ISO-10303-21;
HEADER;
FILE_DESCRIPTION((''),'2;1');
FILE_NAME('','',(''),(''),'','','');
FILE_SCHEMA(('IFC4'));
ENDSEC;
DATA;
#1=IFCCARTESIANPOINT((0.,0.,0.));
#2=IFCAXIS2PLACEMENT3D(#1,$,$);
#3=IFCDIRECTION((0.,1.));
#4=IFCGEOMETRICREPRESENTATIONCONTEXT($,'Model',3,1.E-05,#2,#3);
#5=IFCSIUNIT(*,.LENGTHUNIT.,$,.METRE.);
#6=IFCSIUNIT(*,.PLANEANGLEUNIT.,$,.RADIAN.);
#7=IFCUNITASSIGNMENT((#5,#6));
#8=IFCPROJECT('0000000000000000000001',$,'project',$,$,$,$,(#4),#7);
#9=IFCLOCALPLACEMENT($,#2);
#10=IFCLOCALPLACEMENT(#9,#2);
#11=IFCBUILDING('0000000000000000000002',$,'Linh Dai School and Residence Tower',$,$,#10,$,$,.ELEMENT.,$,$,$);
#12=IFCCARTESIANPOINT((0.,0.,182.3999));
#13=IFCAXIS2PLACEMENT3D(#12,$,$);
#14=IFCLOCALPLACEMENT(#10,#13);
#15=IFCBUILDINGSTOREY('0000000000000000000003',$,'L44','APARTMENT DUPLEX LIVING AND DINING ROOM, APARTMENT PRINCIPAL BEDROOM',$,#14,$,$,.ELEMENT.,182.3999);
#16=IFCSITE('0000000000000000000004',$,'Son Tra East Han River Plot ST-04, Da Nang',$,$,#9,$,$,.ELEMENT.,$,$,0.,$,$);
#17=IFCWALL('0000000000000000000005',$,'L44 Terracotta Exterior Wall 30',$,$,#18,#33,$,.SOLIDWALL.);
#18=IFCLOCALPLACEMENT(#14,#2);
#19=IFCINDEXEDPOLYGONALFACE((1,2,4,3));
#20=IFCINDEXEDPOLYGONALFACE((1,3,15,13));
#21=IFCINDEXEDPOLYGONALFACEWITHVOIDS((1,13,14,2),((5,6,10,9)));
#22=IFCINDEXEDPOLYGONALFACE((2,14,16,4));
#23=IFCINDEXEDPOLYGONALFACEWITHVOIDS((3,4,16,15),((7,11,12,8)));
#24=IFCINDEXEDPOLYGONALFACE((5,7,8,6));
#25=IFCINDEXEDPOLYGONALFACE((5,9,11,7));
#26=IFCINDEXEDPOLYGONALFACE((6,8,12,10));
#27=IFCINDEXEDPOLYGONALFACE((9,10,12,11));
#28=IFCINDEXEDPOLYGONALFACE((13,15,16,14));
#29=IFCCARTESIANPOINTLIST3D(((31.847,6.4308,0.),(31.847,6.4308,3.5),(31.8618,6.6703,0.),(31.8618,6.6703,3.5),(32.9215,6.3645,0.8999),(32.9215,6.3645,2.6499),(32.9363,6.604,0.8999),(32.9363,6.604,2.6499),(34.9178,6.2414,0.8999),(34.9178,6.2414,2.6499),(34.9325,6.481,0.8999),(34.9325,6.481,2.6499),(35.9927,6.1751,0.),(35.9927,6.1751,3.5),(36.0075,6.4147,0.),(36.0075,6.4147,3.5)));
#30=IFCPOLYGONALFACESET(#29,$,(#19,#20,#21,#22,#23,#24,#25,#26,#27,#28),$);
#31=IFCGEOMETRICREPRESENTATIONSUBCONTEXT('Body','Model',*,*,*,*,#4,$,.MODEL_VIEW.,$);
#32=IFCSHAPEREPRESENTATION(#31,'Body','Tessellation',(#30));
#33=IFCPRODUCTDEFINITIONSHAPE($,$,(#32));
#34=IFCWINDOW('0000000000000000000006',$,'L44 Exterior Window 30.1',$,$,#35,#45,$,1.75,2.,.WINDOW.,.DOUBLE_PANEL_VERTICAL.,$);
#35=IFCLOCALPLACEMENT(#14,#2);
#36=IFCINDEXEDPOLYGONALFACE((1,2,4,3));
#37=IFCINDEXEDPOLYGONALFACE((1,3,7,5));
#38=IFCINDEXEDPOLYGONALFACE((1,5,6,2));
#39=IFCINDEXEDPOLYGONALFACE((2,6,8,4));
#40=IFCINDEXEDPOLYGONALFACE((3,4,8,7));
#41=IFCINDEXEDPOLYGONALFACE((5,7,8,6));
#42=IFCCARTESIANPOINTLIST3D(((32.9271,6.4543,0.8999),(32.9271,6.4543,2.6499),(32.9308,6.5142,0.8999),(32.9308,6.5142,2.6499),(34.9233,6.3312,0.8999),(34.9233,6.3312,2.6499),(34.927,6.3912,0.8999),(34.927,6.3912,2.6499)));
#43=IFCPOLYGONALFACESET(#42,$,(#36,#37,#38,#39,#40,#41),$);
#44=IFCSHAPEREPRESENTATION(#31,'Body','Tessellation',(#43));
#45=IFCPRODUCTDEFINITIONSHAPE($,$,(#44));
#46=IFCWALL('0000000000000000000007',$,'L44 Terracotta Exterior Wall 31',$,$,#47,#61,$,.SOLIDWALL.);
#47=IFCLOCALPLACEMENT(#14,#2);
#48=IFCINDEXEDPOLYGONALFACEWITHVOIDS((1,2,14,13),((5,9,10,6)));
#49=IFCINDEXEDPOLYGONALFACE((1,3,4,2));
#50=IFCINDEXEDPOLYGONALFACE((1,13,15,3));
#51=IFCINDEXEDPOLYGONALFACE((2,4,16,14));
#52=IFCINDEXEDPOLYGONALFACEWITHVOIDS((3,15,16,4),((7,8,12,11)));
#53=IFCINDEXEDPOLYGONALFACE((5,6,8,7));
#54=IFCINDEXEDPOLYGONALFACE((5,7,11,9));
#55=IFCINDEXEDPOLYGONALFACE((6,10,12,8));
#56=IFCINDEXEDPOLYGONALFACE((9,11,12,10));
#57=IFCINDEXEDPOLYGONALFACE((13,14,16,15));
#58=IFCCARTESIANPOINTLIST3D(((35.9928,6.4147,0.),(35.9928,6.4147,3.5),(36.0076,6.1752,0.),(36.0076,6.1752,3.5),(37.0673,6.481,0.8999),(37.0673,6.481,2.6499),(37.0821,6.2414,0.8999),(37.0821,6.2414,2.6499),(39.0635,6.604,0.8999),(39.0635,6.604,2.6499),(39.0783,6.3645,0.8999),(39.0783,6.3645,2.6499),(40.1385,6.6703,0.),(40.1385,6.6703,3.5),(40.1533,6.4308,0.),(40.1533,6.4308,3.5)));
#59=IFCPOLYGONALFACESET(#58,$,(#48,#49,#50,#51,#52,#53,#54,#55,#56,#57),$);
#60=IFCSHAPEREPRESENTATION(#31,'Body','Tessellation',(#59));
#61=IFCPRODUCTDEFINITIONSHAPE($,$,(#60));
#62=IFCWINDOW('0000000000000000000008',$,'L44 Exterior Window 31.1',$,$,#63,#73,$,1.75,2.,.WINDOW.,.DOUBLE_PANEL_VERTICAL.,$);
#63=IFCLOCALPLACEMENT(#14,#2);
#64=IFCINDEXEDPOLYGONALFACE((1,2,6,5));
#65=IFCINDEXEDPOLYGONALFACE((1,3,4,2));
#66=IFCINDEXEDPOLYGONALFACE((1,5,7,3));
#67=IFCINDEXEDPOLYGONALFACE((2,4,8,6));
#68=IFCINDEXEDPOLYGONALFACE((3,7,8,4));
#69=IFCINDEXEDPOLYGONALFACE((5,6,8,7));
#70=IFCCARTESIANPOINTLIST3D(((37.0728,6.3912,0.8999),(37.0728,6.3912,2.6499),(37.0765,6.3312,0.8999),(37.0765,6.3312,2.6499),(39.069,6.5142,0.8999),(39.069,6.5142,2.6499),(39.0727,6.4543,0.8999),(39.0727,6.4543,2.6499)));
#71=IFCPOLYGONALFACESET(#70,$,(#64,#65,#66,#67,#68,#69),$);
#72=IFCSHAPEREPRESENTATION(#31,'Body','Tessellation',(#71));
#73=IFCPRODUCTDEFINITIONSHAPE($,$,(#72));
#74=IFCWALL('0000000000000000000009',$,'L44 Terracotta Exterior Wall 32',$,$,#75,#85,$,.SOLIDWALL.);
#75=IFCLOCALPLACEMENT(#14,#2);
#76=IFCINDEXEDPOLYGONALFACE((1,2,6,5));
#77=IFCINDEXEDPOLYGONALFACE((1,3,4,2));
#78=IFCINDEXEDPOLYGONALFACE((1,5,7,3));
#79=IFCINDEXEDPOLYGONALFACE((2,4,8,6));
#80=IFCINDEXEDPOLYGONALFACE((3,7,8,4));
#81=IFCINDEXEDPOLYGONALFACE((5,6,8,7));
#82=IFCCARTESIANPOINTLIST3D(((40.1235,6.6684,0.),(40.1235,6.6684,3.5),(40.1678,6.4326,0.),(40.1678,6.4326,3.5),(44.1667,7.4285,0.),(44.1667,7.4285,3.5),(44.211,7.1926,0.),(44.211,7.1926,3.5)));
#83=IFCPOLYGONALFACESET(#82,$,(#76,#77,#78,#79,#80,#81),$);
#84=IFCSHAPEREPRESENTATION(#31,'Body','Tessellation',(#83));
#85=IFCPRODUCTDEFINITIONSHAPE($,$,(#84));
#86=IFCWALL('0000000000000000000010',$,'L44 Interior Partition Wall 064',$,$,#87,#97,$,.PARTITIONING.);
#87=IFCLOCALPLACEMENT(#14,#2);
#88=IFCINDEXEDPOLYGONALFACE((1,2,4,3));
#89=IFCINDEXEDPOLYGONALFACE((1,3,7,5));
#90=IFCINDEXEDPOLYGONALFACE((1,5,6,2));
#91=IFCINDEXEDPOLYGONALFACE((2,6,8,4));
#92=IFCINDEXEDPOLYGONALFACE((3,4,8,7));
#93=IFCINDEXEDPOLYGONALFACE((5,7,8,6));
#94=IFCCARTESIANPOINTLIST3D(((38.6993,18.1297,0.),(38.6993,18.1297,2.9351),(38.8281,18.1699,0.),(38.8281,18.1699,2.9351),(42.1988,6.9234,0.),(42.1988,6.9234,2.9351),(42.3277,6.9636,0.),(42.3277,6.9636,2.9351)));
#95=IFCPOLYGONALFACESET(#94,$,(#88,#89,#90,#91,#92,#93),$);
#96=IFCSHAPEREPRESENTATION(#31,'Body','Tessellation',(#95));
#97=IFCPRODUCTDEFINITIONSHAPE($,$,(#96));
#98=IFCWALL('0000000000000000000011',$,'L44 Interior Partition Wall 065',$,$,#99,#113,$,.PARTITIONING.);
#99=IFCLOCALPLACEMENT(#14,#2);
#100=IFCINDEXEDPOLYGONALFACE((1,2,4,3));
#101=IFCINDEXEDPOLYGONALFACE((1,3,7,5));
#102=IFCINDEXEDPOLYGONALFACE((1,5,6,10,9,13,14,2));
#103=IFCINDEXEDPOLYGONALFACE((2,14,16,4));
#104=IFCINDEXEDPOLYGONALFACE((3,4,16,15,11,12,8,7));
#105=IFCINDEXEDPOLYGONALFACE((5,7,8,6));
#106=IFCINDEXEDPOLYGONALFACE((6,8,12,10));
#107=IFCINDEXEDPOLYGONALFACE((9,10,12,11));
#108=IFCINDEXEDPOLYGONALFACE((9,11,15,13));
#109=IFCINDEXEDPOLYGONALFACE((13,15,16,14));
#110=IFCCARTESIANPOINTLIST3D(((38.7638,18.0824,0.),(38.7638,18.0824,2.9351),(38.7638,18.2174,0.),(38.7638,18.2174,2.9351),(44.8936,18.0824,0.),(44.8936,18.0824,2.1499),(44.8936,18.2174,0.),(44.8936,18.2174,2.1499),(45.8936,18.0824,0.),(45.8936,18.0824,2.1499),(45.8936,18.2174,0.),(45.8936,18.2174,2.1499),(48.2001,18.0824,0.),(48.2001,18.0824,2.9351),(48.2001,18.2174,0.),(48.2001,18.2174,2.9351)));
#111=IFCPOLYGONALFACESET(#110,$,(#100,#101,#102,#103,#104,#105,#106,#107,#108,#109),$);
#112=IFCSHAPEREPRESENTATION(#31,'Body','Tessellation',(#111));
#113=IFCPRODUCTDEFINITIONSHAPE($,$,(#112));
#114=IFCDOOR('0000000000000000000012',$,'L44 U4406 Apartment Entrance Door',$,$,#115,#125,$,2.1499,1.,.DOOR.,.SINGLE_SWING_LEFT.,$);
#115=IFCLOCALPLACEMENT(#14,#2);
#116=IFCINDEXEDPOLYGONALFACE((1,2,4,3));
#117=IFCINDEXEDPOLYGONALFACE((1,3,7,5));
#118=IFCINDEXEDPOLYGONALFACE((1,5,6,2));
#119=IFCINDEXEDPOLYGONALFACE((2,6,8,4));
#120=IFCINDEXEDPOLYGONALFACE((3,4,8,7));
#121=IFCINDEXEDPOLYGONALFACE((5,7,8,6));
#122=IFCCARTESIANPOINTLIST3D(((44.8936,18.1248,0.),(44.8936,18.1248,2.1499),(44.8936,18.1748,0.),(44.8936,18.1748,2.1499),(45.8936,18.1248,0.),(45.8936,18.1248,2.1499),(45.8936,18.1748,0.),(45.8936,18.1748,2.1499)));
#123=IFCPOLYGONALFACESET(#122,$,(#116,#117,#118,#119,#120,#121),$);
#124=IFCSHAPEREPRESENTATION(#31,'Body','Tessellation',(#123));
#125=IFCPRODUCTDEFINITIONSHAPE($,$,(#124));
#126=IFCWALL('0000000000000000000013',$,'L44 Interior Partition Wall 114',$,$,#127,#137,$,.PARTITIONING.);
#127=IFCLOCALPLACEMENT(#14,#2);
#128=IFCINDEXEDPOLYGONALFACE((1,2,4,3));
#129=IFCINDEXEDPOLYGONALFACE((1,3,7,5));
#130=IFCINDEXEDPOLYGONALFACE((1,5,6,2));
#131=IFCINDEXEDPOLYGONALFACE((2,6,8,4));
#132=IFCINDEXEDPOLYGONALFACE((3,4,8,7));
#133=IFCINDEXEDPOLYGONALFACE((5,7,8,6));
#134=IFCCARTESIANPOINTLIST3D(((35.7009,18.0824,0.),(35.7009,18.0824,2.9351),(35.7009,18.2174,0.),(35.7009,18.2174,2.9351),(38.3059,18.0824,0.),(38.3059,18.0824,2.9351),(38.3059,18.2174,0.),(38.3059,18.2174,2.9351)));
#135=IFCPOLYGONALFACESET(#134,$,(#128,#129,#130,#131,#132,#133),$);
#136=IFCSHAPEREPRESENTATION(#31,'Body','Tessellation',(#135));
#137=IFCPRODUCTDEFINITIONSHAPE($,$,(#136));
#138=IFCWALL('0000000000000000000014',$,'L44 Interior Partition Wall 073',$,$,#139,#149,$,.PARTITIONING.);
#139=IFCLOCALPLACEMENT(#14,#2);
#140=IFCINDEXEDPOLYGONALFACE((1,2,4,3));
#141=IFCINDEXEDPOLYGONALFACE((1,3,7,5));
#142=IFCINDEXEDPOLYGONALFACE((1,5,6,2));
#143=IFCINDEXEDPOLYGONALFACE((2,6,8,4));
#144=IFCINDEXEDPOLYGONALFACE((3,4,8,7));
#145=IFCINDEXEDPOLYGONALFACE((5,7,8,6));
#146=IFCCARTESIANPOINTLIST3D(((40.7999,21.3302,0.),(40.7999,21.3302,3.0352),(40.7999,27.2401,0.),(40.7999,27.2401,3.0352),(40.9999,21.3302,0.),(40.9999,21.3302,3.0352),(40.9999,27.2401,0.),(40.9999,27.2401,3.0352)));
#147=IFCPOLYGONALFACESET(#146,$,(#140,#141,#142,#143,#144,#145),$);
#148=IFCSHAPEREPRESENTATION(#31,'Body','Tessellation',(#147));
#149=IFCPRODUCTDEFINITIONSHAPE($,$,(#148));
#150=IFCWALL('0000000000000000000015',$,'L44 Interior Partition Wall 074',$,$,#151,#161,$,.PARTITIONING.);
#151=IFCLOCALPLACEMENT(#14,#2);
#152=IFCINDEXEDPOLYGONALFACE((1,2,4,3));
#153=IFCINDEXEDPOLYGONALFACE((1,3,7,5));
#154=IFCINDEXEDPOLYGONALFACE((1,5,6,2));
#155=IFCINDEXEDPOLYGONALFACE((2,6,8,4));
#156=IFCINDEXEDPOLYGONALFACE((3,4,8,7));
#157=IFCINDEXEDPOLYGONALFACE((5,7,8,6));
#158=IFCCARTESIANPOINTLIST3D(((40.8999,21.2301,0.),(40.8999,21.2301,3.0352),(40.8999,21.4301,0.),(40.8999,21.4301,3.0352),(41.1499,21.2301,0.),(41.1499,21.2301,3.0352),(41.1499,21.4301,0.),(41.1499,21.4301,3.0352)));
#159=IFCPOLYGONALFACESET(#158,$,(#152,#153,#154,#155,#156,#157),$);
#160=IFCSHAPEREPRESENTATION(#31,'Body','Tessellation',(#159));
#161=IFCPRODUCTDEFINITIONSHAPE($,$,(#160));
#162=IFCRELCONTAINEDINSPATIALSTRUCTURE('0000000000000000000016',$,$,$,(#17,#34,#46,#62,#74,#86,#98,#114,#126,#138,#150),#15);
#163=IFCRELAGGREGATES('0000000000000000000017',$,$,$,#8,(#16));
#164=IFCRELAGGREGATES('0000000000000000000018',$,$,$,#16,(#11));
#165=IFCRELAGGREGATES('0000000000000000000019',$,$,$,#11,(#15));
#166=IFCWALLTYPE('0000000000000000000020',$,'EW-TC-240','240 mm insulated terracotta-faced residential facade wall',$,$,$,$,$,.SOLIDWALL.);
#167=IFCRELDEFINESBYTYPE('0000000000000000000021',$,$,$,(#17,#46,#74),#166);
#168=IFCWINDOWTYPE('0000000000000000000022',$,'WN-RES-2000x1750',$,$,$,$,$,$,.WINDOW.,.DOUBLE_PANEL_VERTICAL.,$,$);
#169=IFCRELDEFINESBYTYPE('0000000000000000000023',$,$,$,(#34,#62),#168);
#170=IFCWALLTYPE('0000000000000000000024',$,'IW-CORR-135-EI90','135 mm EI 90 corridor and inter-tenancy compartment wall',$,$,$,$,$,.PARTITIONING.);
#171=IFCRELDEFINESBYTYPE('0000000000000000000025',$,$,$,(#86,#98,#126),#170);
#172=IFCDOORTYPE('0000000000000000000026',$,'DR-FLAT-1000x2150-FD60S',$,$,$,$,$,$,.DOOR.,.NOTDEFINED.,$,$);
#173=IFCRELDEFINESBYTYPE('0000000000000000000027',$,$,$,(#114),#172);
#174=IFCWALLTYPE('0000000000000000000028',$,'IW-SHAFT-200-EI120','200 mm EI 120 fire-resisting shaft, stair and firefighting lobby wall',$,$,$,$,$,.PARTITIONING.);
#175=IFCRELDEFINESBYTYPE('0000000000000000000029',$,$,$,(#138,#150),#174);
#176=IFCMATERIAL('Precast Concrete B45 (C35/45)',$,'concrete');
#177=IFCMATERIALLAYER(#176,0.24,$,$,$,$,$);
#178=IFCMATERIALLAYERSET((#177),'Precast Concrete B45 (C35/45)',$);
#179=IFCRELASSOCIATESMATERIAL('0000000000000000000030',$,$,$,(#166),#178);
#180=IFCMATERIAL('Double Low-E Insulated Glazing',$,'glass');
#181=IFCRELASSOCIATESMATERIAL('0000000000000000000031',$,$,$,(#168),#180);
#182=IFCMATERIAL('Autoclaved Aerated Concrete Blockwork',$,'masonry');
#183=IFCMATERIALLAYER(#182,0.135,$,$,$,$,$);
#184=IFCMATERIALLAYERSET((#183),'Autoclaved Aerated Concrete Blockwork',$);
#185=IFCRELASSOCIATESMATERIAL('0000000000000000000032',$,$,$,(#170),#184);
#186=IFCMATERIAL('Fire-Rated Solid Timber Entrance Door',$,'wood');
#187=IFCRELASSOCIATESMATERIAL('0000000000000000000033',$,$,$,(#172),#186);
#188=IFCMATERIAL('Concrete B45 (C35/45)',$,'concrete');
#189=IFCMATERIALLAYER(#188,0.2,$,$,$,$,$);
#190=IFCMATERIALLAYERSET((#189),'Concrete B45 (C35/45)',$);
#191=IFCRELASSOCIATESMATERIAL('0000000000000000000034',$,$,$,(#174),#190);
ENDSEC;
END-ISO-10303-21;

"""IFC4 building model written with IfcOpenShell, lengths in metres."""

from ifc_helpers import new_model, si_unit, direction, frame, frame_2d, origin, origin_2d, place, context, subcontext, project, spatial, rectangle, extrude, source, transform, mapped, material, layer, layer_set, type_object, element, fill, save


model = new_model("IFC4")

# Units and contexts
model_context = context("Model", 3, precision=1e-05, world=origin(), true_north=direction((0.0, 1.0)))
body_context = subcontext(model_context, "Body", "Model", "MODEL_VIEW")
ifc_project = project(units=[si_unit("LENGTHUNIT", "METRE"), si_unit("PLANEANGLEUNIT", "RADIAN")], contexts=[model_context])

# Site, building, storey
site_placement = place(None, origin())
site = spatial("IfcSite", under=ifc_project, at=site_placement, Name="Son Tra East Han River Plot ST-04, Da Nang", CompositionType="ELEMENT", RefElevation=0.0)
building_placement = place(site_placement, origin())
building = spatial("IfcBuilding", under=site, at=building_placement, Name="Linh Dai School and Residence Tower", CompositionType="ELEMENT")
storey_placement = place(building_placement, frame((0.0, 0.0, 182.3999)))
storey = spatial("IfcBuildingStorey", under=building, at=storey_placement, Name="L44", Description="APARTMENT DUPLEX LIVING AND DINING ROOM, APARTMENT PRINCIPAL BEDROOM", CompositionType="ELEMENT", Elevation=182.3999)

# Walls, openings, windows
ifc_material_1 = material(Name="Precast Concrete B45 (C35/45)", Category="concrete")
ifc_layer_1 = layer(ifc_material_1, 0.24)
ifc_layer_set_1 = layer_set([ifc_layer_1], Name="Precast Concrete B45 (C35/45)")
wall_type_1 = type_object("IfcWallType", Name="EW-TC-240", Description="240 mm insulated terracotta-faced residential facade wall", PredefinedType="SOLIDWALL", material=ifc_layer_set_1)
wall_1_placement = place(storey_placement, frame((36.0, 6.2949, 0.0), z_axis=(0.0, 0.0, 1.0), x_axis=(-0.998105, 0.06154, 0.0)))
wall_1 = element("IfcWall", 1, at=wall_1_placement, inside=storey, type_object=wall_type_1, Name="L44 Terracotta Exterior Wall 30", PredefinedType="SOLIDWALL", context=body_context, shape_type="SweptSolid", body=[
    extrude(rectangle(XDim=4.1536, YDim=0.24, at=frame_2d((2.0767, 0.0))), origin(), (0.0, 0.0, 1.0), 3.5),
])
opening_1_placement = place(wall_1_placement, frame((1.0769, 0.0, 0.8999)))
opening_1 = element("IfcOpeningElement", 2, at=opening_1_placement, cuts=wall_1, PredefinedType="OPENING", context=body_context, shape_type="SweptSolid", body=[
    extrude(rectangle(XDim=2.0, YDim=1.75, at=origin_2d()), frame((1.0, 0.1299, 0.875), z_axis=(0.0, -1.0, 0.0), x_axis=(1.0, 0.0, 0.0)), (0.0, 0.0, 1.0), 0.26),
])
ifc_material_2 = material(Name="Double Low-E Insulated Glazing", Category="glass")
window_type = type_object("IfcWindowType", Name="WN-RES-2000x1750", PartitioningType="DOUBLE_PANEL_VERTICAL", PredefinedType="WINDOW", material=ifc_material_2)
shared_shape_1 = source(origin(), body_context, "Body", "SweptSolid", [
    extrude(rectangle(XDim=2.0, YDim=1.75, at=origin_2d()), frame((1.0, 0.03, 0.875), z_axis=(0.0, -1.0, 0.0), x_axis=(1.0, 0.0, 0.0)), (0.0, 0.0, 1.0), 0.0601),
])
window_1_placement = place(opening_1_placement, origin())
window_1 = element("IfcWindow", 3, at=window_1_placement, inside=storey, type_object=window_type, Name="L44 Exterior Window 30.1", OverallHeight=1.75, OverallWidth=2.0, PartitioningType="DOUBLE_PANEL_VERTICAL", PredefinedType="WINDOW", context=body_context, shape_type="MappedRepresentation", body=[
    mapped(shared_shape_1, transform((0.0, 0.0, 0.0), x_axis=(1.0, 0.0, 0.0), y_axis=(0.0, 1.0, 0.0), z_axis=(0.0, 0.0, 1.0), scale=1.0)),
])
fill(opening_1, window_1)
wall_2_placement = place(storey_placement, frame((40.1458, 6.5505, 0.0), z_axis=(0.0, 0.0, 1.0), x_axis=(-0.998105, -0.06154, 0.0)))
wall_2 = element("IfcWall", 4, at=wall_2_placement, inside=storey, type_object=wall_type_1, Name="L44 Terracotta Exterior Wall 31", PredefinedType="SOLIDWALL", context=body_context, shape_type="SweptSolid", body=[
    extrude(rectangle(XDim=4.1536, YDim=0.24, at=frame_2d((2.0767, 0.0))), origin(), (0.0, 0.0, 1.0), 3.5),
])
opening_2_placement = place(wall_2_placement, frame((1.0769, 0.0, 0.8999)))
opening_2 = element("IfcOpeningElement", 5, at=opening_2_placement, cuts=wall_2, PredefinedType="OPENING", context=body_context, shape_type="SweptSolid", body=[
    extrude(rectangle(XDim=2.0, YDim=1.75, at=origin_2d()), frame((1.0, 0.1299, 0.875), z_axis=(0.0, -1.0, 0.0), x_axis=(1.0, 0.0, 0.0)), (0.0, 0.0, 1.0), 0.26),
])
window_2_placement = place(opening_2_placement, origin())
window_2 = element("IfcWindow", 6, at=window_2_placement, inside=storey, type_object=window_type, Name="L44 Exterior Window 31.1", OverallHeight=1.75, OverallWidth=2.0, PartitioningType="DOUBLE_PANEL_VERTICAL", PredefinedType="WINDOW", context=body_context, shape_type="MappedRepresentation", body=[
    mapped(shared_shape_1, transform((0.0, 0.0, 0.0), x_axis=(1.0, 0.0, 0.0), y_axis=(0.0, 1.0, 0.0), z_axis=(0.0, 0.0, 1.0), scale=1.0)),
])
fill(opening_2, window_2)

# Walls
wall_3_placement = place(storey_placement, frame((44.189, 7.3105, 0.0), z_axis=(0.0, 0.0, 1.0), x_axis=(-0.982788, -0.184736, 0.0)))
element("IfcWall", 7, at=wall_3_placement, inside=storey, type_object=wall_type_1, Name="L44 Terracotta Exterior Wall 32", PredefinedType="SOLIDWALL", context=body_context, shape_type="SweptSolid", body=[
    extrude(rectangle(XDim=4.114, YDim=0.24, at=frame_2d((2.0571, 0.0))), origin(), (0.0, 0.0, 1.0), 3.5),
])
ifc_material_3 = material(Name="Autoclaved Aerated Concrete Blockwork", Category="masonry")
ifc_layer_2 = layer(ifc_material_3, 0.135)
ifc_layer_set_2 = layer_set([ifc_layer_2], Name="Autoclaved Aerated Concrete Blockwork")
wall_type_2 = type_object("IfcWallType", Name="IW-CORR-135-EI90", Description="135 mm EI 90 corridor and inter-tenancy compartment wall", PredefinedType="PARTITIONING", material=ifc_layer_set_2)
wall_4_placement = place(storey_placement, frame((38.7637, 18.1499, 0.0), z_axis=(0.0, 0.0, 1.0), x_axis=(0.298084, -0.95454, 0.0)))
element("IfcWall", 8, at=wall_4_placement, inside=storey, type_object=wall_type_2, Name="L44 Interior Partition Wall 064", PredefinedType="PARTITIONING", context=body_context, shape_type="SweptSolid", body=[
    extrude(rectangle(XDim=11.74, YDim=0.135, at=frame_2d((5.8701, 0.0))), origin(), (0.0, 0.0, 1.0), 2.9351),
])

# Wall, opening, door
wall_5_placement = place(storey_placement, frame((38.7637, 18.1499, 0.0), z_axis=(0.0, 0.0, 1.0), x_axis=(1.0, 0.0, 0.0)))
wall_5 = element("IfcWall", 9, at=wall_5_placement, inside=storey, type_object=wall_type_2, Name="L44 Interior Partition Wall 065", PredefinedType="PARTITIONING", context=body_context, shape_type="SweptSolid", body=[
    extrude(rectangle(XDim=9.4363, YDim=0.135, at=frame_2d((4.7183, 0.0))), origin(), (0.0, 0.0, 1.0), 2.9351),
])
opening_3_placement = place(wall_5_placement, frame((6.1299, 0.0, 0.0)))
opening_3 = element("IfcOpeningElement", 10, at=opening_3_placement, cuts=wall_5, PredefinedType="OPENING", context=body_context, shape_type="SweptSolid", body=[
    extrude(rectangle(XDim=1.0, YDim=2.1499, at=origin_2d()), frame((0.5, 0.0776, 1.075), z_axis=(0.0, -1.0, 0.0), x_axis=(1.0, 0.0, 0.0)), (0.0, 0.0, 1.0), 0.155),
])
ifc_material_4 = material(Name="Fire-Rated Solid Timber Entrance Door", Category="wood")
door_type_1 = type_object("IfcDoorType", Name="DR-FLAT-1000x2150-FD60S", OperationType="NOTDEFINED", PredefinedType="DOOR", material=ifc_material_4)
shared_shape_2 = source(origin(), body_context, "Body", "SweptSolid", [
    extrude(rectangle(XDim=1.0, YDim=2.1499, at=origin_2d()), frame((0.5, 0.0249, 1.075), z_axis=(0.0, -1.0, 0.0), x_axis=(1.0, 0.0, 0.0)), (0.0, 0.0, 1.0), 0.05),
])
door_1_placement = place(opening_3_placement, origin())
door_1 = element("IfcDoor", 11, at=door_1_placement, inside=storey, type_object=door_type_1, Name="L44 U4406 Apartment Entrance Door", OperationType="SINGLE_SWING_LEFT", OverallHeight=2.1499, OverallWidth=1.0, PredefinedType="DOOR", context=body_context, shape_type="MappedRepresentation", body=[
    mapped(shared_shape_2, transform((0.0, 0.0, 0.0), x_axis=(1.0, 0.0, 0.0), y_axis=(0.0, 1.0, 0.0), z_axis=(0.0, 0.0, 1.0), scale=1.0)),
])
fill(opening_3, door_1)

# Walls
wall_6_placement = place(storey_placement, frame((38.3059, 18.1499, 0.0), z_axis=(0.0, 0.0, 1.0), x_axis=(-1.0, 0.0, 0.0)))
element("IfcWall", 12, at=wall_6_placement, inside=storey, type_object=wall_type_2, Name="L44 Interior Partition Wall 114", PredefinedType="PARTITIONING", context=body_context, shape_type="SweptSolid", body=[
    extrude(rectangle(XDim=2.605, YDim=0.135, at=frame_2d((1.3025, 0.0))), origin(), (0.0, 0.0, 1.0), 2.9351),
])
ifc_material_5 = material(Name="Concrete B45 (C35/45)", Category="concrete")
ifc_layer_3 = layer(ifc_material_5, 0.2)
ifc_layer_set_3 = layer_set([ifc_layer_3], Name="Concrete B45 (C35/45)")
wall_type_3 = type_object("IfcWallType", Name="IW-SHAFT-200-EI120", Description="200 mm EI 120 fire-resisting shaft, stair and firefighting lobby wall", PredefinedType="PARTITIONING", material=ifc_layer_set_3)
wall_7_placement = place(storey_placement, frame((40.8999, 21.3301, 0.0), z_axis=(0.0, 0.0, 1.0), x_axis=(0.0, 1.0, 0.0)))
element("IfcWall", 13, at=wall_7_placement, inside=storey, type_object=wall_type_3, Name="L44 Interior Partition Wall 073", PredefinedType="PARTITIONING", context=body_context, shape_type="SweptSolid", body=[
    extrude(rectangle(XDim=5.9099, YDim=0.2, at=frame_2d((2.9551, 0.0))), origin(), (0.0, 0.0, 1.0), 3.0352),
])
wall_8_placement = place(storey_placement, frame((40.8999, 21.3301, 0.0), z_axis=(0.0, 0.0, 1.0), x_axis=(1.0, 0.0, 0.0)))
element("IfcWall", 14, at=wall_8_placement, inside=storey, type_object=wall_type_3, Name="L44 Interior Partition Wall 074", PredefinedType="PARTITIONING", context=body_context, shape_type="SweptSolid", body=[
    extrude(rectangle(XDim=0.25, YDim=0.2, at=frame_2d((0.125, 0.0))), origin(), (0.0, 0.0, 1.0), 3.0352),
])

save(model, "model.ifc")
